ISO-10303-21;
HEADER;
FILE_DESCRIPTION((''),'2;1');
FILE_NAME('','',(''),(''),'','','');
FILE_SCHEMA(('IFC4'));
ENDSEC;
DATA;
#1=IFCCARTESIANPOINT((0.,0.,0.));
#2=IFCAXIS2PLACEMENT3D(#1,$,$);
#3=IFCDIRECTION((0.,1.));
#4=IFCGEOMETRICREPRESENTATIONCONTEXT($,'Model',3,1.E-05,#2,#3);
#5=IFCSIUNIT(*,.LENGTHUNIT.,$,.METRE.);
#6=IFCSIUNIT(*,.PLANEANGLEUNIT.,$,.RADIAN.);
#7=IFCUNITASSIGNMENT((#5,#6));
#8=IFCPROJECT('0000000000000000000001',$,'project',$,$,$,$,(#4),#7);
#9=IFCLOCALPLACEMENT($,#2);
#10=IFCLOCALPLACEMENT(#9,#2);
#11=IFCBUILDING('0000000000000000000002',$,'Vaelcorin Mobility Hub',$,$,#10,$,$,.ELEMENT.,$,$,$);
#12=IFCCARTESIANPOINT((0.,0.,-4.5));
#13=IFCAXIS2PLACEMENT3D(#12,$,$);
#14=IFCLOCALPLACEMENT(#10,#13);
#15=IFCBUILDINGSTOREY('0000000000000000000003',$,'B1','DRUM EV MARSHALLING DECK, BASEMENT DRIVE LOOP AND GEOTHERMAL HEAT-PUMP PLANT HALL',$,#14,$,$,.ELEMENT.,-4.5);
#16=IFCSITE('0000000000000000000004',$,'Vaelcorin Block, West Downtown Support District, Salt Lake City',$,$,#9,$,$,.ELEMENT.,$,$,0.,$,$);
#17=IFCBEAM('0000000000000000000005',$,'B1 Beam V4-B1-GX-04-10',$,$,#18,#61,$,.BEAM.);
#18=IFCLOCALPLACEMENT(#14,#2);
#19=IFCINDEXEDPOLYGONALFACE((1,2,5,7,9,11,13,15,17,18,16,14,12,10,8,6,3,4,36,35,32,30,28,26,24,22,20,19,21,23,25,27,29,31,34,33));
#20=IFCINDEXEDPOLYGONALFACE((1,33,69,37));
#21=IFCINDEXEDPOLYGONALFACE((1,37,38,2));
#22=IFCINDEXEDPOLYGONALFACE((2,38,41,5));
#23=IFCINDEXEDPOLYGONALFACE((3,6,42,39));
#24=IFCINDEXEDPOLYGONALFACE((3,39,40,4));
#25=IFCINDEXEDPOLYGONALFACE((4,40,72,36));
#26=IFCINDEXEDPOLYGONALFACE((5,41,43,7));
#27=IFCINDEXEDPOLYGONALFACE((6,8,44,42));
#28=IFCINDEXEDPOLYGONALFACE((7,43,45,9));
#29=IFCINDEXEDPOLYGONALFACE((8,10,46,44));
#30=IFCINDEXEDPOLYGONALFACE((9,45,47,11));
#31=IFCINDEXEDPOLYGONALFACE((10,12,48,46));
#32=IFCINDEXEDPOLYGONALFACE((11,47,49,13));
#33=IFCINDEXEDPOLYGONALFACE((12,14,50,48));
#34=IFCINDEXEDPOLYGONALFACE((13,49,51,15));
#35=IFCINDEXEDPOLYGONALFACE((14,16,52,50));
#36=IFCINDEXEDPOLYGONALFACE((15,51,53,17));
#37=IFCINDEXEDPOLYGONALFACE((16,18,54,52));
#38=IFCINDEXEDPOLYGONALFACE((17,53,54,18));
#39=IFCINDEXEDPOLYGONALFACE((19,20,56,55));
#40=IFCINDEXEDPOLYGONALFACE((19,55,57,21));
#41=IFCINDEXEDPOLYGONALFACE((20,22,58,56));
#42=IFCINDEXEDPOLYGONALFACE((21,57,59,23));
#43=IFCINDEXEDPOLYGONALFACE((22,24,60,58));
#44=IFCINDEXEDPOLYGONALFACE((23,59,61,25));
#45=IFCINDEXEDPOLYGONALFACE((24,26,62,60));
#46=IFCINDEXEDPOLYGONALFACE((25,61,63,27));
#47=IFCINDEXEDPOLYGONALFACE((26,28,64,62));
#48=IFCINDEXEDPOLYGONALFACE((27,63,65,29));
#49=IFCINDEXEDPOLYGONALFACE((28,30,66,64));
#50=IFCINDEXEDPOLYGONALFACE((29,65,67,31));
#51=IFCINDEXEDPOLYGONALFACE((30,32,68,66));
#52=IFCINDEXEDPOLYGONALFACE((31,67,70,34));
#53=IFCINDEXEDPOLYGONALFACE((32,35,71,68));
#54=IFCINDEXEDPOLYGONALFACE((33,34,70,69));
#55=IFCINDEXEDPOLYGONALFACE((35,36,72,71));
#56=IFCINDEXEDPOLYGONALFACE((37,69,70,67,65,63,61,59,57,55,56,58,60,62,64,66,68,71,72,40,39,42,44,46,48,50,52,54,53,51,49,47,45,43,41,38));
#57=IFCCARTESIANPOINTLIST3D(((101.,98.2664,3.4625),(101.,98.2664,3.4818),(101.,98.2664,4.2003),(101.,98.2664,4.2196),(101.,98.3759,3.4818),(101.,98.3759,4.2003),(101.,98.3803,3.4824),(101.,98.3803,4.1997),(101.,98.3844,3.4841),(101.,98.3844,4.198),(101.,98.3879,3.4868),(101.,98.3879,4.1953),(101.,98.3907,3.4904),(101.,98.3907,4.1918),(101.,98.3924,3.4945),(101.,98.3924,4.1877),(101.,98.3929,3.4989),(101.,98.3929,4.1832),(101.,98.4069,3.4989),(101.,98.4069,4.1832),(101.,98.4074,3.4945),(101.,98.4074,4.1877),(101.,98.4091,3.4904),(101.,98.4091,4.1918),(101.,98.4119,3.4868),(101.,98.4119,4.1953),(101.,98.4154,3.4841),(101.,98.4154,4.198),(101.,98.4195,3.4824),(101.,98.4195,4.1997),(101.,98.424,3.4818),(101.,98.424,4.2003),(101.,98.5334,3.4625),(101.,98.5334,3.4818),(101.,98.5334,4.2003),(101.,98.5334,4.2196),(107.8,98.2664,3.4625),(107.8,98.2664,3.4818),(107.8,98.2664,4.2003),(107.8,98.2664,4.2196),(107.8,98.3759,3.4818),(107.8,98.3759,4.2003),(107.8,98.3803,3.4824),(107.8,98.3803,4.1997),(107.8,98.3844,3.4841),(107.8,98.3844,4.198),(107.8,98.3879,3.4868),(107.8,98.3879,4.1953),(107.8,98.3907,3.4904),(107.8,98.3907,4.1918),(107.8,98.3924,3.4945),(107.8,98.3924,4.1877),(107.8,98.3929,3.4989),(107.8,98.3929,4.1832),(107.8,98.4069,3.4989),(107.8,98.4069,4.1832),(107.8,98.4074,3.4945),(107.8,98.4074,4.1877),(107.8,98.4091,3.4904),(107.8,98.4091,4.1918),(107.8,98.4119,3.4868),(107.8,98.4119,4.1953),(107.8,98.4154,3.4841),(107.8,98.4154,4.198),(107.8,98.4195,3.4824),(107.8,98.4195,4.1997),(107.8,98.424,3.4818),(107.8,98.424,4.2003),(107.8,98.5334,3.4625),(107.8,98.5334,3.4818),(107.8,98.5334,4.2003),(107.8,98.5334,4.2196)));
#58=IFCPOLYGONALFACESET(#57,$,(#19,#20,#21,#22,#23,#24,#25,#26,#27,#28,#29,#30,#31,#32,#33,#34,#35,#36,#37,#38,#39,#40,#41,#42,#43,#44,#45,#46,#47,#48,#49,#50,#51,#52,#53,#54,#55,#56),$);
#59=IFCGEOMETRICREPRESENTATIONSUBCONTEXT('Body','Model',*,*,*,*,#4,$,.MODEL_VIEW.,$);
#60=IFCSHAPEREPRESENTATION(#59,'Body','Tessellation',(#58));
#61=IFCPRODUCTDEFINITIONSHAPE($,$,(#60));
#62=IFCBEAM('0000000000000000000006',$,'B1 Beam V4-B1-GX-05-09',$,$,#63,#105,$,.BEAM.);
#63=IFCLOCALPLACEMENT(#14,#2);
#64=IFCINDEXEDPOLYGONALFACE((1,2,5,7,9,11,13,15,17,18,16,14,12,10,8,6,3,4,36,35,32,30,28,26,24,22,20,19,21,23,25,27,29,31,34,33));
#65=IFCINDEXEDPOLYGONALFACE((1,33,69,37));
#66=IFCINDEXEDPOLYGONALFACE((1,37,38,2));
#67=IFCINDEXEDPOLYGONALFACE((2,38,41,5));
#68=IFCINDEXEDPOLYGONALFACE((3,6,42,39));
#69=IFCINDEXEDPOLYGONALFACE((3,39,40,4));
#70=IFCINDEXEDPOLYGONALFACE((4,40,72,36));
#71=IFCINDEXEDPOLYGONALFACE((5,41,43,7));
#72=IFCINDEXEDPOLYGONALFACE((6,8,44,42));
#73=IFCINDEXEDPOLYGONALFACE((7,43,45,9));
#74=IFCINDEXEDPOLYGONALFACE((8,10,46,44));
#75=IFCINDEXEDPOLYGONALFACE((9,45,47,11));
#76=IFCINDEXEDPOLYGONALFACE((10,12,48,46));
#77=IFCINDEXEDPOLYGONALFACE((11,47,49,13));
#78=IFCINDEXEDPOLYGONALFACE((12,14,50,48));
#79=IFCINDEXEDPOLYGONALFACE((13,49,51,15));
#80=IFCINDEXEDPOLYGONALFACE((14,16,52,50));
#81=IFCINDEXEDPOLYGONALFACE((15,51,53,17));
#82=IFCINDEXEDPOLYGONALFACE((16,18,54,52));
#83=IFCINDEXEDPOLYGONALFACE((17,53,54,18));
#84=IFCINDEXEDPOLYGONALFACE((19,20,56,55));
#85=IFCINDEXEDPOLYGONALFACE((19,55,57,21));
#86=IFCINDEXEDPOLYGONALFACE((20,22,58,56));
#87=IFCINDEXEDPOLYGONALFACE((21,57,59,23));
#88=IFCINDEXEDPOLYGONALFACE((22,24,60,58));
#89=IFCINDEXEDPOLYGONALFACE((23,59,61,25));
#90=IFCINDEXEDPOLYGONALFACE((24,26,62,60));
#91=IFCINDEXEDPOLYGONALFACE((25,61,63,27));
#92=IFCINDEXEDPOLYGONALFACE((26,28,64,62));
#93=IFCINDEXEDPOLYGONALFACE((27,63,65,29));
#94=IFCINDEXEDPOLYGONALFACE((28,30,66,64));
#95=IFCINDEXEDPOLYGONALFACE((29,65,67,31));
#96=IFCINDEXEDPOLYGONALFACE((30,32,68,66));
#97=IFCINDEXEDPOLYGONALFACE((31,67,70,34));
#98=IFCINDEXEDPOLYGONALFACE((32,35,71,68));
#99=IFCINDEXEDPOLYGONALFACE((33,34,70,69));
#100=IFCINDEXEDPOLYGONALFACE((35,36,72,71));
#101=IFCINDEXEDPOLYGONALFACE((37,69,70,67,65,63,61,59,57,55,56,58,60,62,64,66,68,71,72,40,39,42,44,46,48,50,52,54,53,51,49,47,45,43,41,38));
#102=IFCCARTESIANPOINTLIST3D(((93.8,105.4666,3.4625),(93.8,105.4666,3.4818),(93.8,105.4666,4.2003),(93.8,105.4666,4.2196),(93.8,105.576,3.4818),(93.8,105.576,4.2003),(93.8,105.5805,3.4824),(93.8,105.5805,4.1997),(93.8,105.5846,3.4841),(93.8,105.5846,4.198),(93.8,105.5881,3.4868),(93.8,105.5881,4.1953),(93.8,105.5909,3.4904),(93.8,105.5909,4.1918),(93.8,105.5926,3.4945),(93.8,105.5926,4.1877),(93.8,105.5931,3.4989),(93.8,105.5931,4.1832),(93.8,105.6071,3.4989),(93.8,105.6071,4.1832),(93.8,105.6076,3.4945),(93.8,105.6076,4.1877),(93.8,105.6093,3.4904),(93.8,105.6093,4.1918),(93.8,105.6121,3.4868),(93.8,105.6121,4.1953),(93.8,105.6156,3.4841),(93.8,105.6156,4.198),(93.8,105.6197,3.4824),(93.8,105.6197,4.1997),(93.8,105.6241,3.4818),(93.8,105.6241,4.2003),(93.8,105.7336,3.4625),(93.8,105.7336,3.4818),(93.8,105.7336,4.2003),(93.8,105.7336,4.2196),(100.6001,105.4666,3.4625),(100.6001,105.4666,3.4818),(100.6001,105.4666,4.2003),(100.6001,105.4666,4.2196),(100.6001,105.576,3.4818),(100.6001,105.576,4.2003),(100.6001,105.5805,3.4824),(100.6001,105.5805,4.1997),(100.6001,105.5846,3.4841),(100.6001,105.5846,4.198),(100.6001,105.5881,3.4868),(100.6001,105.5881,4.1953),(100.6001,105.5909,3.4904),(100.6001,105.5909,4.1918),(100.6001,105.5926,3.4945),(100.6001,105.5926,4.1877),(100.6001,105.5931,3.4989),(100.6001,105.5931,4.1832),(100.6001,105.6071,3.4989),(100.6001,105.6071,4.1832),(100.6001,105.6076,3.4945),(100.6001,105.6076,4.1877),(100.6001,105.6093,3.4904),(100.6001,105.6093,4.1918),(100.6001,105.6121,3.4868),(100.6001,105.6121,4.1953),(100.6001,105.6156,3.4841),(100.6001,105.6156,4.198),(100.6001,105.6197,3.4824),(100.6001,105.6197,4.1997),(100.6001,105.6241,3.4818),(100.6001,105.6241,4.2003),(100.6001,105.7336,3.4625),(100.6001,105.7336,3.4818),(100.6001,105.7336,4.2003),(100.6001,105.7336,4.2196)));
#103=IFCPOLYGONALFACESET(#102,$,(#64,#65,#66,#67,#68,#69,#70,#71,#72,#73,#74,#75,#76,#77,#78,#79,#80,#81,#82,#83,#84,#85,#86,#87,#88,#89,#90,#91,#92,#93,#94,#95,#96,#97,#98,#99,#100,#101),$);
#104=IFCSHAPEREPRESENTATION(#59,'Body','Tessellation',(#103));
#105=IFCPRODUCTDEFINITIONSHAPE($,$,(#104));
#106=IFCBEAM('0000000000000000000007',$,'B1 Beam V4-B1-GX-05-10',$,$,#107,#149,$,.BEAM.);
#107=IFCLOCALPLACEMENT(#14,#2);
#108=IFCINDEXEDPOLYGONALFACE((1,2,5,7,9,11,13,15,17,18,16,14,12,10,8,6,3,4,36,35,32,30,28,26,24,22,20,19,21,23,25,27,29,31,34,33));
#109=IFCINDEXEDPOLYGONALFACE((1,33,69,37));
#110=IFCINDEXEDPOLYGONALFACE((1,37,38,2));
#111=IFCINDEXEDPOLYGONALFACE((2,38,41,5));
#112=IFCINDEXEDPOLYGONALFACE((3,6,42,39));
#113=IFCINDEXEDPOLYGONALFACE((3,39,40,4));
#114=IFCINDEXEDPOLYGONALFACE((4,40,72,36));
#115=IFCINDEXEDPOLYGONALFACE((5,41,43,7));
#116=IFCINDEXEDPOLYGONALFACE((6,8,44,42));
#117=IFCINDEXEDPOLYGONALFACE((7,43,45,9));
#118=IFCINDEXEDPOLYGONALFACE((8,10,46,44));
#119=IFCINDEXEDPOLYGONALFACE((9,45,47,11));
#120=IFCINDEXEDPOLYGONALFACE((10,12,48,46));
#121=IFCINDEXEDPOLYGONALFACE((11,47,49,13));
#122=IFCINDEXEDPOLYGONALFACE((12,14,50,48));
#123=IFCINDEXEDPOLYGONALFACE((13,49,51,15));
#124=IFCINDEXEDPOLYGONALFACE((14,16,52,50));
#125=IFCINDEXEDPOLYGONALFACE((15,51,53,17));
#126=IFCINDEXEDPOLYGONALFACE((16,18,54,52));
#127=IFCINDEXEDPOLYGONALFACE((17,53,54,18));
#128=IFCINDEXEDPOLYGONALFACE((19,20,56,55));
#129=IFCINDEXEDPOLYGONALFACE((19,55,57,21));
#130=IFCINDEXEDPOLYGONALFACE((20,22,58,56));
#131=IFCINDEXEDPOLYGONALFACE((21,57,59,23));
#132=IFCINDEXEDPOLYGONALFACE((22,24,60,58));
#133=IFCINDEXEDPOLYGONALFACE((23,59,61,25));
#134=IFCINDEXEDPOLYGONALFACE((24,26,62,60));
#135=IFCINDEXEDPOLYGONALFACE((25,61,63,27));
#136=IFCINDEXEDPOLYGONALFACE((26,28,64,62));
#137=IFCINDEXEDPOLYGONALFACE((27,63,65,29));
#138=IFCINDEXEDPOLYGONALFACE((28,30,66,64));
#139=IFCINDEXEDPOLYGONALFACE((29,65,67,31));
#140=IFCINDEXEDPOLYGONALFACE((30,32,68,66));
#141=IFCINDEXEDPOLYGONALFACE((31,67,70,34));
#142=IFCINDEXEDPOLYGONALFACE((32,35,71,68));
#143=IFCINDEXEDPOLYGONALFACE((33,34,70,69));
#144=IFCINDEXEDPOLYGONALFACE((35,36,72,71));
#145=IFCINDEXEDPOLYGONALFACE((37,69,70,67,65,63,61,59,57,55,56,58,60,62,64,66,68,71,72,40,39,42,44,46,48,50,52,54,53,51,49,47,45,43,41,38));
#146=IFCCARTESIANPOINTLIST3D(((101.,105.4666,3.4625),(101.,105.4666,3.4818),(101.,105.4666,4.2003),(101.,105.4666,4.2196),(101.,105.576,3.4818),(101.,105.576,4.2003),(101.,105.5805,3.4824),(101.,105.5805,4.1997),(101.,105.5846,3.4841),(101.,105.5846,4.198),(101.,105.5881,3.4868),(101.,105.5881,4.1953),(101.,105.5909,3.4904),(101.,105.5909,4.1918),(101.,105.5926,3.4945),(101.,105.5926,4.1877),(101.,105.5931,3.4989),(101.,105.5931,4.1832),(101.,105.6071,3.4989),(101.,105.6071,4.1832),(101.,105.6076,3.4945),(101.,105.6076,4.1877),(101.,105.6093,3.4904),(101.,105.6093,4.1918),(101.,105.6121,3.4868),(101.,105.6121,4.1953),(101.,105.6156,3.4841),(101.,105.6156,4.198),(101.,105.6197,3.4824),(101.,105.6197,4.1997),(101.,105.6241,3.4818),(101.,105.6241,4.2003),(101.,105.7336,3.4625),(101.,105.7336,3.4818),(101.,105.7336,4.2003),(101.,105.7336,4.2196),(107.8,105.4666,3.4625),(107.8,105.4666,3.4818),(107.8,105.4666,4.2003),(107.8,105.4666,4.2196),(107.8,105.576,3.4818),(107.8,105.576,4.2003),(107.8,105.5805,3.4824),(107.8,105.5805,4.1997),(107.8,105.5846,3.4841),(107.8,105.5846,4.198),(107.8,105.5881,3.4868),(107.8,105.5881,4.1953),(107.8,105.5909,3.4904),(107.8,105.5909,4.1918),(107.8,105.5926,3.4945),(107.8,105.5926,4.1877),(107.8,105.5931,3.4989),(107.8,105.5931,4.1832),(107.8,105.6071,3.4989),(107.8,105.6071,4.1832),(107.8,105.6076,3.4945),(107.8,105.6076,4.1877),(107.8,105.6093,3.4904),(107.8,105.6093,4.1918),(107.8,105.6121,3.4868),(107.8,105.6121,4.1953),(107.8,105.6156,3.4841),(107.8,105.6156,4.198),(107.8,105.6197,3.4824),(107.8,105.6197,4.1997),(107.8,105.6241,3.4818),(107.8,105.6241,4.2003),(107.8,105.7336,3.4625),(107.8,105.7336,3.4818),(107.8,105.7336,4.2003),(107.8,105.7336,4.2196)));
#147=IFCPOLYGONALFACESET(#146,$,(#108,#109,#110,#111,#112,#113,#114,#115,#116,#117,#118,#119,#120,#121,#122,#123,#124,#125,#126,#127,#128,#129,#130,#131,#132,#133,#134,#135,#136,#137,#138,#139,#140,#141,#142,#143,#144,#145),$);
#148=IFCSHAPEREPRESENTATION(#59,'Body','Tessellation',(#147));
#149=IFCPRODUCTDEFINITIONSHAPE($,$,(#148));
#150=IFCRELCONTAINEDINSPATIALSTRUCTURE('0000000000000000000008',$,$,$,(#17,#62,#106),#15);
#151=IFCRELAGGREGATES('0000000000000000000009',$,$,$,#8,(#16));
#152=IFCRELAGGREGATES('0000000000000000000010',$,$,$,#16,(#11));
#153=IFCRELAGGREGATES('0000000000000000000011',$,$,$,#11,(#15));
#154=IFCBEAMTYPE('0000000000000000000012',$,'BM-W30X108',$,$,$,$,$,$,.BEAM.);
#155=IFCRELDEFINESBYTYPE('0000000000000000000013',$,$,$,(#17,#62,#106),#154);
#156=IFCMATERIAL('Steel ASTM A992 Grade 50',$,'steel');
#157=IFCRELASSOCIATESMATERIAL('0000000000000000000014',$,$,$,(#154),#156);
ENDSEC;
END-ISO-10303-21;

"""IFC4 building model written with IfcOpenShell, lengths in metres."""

from ifc_helpers import new_model, si_unit, direction, frame, origin, origin_2d, place, context, subcontext, project, spatial, i_section, extrude, material, material_profile, profile_set, type_object, element, save


model = new_model("IFC4")

# Units and contexts
model_context = context("Model", 3, precision=1e-05, world=origin(), true_north=direction((0.0, 1.0)))
body_context = subcontext(model_context, "Body", "Model", "MODEL_VIEW")
ifc_project = project(units=[si_unit("LENGTHUNIT", "METRE"), si_unit("PLANEANGLEUNIT", "RADIAN")], contexts=[model_context])

# Site, building, storey
site_placement = place(None, origin())
site = spatial("IfcSite", under=ifc_project, at=site_placement, Name="Vaelcorin Block, West Downtown Support District, Salt Lake City", CompositionType="ELEMENT", RefElevation=0.0)
building_placement = place(site_placement, origin())
building = spatial("IfcBuilding", under=site, at=building_placement, Name="Vaelcorin Mobility Hub", CompositionType="ELEMENT")
storey_placement = place(building_placement, frame((0.0, 0.0, -4.5)))
storey = spatial("IfcBuildingStorey", under=building, at=storey_placement, Name="B1", Description="DRUM EV MARSHALLING DECK, BASEMENT DRIVE LOOP AND GEOTHERMAL HEAT-PUMP PLANT HALL", CompositionType="ELEMENT", Elevation=-4.5)

# Shared definitions
ifc_material_1 = material(Name="Steel ASTM A992 Grade 50", Category="steel")

# Beams
ifc_material_profile_1 = material_profile(ifc_material_1, i_section(OverallWidth=0.2671, OverallDepth=0.7571, WebThickness=0.0139, FlangeThickness=0.0193, FilletRadius=0.0171, at=origin_2d()), Name="W30X108")
ifc_profile_set_1 = profile_set([ifc_material_profile_1], Name="Steel ASTM A992 Grade 50")
beam_type_1 = type_object("IfcBeamType", Name="BM-W30X108", PredefinedType="BEAM", material=ifc_profile_set_1)
for number, where, z_axis, x_axis, name in (
    (1, (101.0, 98.3999, 3.8411), (1.0, 0.0, 0.0), (0.0, 1.0, 0.0), "B1 Beam V4-B1-GX-04-10"),
    (2, (93.8, 105.6001, 3.8411), (1.0, 0.0, 0.0), (0.0, 1.0, 0.0), "B1 Beam V4-B1-GX-05-09"),
    (3, (101.0, 105.6001, 3.8411), (1.0, 0.0, 0.0), (0.0, 1.0, 0.0), "B1 Beam V4-B1-GX-05-10"),
):
    element("IfcBeam", number, at=place(storey_placement, frame(where, z_axis=z_axis, x_axis=x_axis)), inside=storey, type_object=beam_type_1, Name=name, PredefinedType="BEAM", context=body_context, shape_type="SweptSolid", body=[
        extrude(i_section(OverallWidth=0.2671, OverallDepth=0.7571, WebThickness=0.0139, FlangeThickness=0.0193, FilletRadius=0.0171, at=origin_2d()), origin(), (0.0, 0.0, 1.0), 6.8),
    ])

save(model, "model.ifc")
